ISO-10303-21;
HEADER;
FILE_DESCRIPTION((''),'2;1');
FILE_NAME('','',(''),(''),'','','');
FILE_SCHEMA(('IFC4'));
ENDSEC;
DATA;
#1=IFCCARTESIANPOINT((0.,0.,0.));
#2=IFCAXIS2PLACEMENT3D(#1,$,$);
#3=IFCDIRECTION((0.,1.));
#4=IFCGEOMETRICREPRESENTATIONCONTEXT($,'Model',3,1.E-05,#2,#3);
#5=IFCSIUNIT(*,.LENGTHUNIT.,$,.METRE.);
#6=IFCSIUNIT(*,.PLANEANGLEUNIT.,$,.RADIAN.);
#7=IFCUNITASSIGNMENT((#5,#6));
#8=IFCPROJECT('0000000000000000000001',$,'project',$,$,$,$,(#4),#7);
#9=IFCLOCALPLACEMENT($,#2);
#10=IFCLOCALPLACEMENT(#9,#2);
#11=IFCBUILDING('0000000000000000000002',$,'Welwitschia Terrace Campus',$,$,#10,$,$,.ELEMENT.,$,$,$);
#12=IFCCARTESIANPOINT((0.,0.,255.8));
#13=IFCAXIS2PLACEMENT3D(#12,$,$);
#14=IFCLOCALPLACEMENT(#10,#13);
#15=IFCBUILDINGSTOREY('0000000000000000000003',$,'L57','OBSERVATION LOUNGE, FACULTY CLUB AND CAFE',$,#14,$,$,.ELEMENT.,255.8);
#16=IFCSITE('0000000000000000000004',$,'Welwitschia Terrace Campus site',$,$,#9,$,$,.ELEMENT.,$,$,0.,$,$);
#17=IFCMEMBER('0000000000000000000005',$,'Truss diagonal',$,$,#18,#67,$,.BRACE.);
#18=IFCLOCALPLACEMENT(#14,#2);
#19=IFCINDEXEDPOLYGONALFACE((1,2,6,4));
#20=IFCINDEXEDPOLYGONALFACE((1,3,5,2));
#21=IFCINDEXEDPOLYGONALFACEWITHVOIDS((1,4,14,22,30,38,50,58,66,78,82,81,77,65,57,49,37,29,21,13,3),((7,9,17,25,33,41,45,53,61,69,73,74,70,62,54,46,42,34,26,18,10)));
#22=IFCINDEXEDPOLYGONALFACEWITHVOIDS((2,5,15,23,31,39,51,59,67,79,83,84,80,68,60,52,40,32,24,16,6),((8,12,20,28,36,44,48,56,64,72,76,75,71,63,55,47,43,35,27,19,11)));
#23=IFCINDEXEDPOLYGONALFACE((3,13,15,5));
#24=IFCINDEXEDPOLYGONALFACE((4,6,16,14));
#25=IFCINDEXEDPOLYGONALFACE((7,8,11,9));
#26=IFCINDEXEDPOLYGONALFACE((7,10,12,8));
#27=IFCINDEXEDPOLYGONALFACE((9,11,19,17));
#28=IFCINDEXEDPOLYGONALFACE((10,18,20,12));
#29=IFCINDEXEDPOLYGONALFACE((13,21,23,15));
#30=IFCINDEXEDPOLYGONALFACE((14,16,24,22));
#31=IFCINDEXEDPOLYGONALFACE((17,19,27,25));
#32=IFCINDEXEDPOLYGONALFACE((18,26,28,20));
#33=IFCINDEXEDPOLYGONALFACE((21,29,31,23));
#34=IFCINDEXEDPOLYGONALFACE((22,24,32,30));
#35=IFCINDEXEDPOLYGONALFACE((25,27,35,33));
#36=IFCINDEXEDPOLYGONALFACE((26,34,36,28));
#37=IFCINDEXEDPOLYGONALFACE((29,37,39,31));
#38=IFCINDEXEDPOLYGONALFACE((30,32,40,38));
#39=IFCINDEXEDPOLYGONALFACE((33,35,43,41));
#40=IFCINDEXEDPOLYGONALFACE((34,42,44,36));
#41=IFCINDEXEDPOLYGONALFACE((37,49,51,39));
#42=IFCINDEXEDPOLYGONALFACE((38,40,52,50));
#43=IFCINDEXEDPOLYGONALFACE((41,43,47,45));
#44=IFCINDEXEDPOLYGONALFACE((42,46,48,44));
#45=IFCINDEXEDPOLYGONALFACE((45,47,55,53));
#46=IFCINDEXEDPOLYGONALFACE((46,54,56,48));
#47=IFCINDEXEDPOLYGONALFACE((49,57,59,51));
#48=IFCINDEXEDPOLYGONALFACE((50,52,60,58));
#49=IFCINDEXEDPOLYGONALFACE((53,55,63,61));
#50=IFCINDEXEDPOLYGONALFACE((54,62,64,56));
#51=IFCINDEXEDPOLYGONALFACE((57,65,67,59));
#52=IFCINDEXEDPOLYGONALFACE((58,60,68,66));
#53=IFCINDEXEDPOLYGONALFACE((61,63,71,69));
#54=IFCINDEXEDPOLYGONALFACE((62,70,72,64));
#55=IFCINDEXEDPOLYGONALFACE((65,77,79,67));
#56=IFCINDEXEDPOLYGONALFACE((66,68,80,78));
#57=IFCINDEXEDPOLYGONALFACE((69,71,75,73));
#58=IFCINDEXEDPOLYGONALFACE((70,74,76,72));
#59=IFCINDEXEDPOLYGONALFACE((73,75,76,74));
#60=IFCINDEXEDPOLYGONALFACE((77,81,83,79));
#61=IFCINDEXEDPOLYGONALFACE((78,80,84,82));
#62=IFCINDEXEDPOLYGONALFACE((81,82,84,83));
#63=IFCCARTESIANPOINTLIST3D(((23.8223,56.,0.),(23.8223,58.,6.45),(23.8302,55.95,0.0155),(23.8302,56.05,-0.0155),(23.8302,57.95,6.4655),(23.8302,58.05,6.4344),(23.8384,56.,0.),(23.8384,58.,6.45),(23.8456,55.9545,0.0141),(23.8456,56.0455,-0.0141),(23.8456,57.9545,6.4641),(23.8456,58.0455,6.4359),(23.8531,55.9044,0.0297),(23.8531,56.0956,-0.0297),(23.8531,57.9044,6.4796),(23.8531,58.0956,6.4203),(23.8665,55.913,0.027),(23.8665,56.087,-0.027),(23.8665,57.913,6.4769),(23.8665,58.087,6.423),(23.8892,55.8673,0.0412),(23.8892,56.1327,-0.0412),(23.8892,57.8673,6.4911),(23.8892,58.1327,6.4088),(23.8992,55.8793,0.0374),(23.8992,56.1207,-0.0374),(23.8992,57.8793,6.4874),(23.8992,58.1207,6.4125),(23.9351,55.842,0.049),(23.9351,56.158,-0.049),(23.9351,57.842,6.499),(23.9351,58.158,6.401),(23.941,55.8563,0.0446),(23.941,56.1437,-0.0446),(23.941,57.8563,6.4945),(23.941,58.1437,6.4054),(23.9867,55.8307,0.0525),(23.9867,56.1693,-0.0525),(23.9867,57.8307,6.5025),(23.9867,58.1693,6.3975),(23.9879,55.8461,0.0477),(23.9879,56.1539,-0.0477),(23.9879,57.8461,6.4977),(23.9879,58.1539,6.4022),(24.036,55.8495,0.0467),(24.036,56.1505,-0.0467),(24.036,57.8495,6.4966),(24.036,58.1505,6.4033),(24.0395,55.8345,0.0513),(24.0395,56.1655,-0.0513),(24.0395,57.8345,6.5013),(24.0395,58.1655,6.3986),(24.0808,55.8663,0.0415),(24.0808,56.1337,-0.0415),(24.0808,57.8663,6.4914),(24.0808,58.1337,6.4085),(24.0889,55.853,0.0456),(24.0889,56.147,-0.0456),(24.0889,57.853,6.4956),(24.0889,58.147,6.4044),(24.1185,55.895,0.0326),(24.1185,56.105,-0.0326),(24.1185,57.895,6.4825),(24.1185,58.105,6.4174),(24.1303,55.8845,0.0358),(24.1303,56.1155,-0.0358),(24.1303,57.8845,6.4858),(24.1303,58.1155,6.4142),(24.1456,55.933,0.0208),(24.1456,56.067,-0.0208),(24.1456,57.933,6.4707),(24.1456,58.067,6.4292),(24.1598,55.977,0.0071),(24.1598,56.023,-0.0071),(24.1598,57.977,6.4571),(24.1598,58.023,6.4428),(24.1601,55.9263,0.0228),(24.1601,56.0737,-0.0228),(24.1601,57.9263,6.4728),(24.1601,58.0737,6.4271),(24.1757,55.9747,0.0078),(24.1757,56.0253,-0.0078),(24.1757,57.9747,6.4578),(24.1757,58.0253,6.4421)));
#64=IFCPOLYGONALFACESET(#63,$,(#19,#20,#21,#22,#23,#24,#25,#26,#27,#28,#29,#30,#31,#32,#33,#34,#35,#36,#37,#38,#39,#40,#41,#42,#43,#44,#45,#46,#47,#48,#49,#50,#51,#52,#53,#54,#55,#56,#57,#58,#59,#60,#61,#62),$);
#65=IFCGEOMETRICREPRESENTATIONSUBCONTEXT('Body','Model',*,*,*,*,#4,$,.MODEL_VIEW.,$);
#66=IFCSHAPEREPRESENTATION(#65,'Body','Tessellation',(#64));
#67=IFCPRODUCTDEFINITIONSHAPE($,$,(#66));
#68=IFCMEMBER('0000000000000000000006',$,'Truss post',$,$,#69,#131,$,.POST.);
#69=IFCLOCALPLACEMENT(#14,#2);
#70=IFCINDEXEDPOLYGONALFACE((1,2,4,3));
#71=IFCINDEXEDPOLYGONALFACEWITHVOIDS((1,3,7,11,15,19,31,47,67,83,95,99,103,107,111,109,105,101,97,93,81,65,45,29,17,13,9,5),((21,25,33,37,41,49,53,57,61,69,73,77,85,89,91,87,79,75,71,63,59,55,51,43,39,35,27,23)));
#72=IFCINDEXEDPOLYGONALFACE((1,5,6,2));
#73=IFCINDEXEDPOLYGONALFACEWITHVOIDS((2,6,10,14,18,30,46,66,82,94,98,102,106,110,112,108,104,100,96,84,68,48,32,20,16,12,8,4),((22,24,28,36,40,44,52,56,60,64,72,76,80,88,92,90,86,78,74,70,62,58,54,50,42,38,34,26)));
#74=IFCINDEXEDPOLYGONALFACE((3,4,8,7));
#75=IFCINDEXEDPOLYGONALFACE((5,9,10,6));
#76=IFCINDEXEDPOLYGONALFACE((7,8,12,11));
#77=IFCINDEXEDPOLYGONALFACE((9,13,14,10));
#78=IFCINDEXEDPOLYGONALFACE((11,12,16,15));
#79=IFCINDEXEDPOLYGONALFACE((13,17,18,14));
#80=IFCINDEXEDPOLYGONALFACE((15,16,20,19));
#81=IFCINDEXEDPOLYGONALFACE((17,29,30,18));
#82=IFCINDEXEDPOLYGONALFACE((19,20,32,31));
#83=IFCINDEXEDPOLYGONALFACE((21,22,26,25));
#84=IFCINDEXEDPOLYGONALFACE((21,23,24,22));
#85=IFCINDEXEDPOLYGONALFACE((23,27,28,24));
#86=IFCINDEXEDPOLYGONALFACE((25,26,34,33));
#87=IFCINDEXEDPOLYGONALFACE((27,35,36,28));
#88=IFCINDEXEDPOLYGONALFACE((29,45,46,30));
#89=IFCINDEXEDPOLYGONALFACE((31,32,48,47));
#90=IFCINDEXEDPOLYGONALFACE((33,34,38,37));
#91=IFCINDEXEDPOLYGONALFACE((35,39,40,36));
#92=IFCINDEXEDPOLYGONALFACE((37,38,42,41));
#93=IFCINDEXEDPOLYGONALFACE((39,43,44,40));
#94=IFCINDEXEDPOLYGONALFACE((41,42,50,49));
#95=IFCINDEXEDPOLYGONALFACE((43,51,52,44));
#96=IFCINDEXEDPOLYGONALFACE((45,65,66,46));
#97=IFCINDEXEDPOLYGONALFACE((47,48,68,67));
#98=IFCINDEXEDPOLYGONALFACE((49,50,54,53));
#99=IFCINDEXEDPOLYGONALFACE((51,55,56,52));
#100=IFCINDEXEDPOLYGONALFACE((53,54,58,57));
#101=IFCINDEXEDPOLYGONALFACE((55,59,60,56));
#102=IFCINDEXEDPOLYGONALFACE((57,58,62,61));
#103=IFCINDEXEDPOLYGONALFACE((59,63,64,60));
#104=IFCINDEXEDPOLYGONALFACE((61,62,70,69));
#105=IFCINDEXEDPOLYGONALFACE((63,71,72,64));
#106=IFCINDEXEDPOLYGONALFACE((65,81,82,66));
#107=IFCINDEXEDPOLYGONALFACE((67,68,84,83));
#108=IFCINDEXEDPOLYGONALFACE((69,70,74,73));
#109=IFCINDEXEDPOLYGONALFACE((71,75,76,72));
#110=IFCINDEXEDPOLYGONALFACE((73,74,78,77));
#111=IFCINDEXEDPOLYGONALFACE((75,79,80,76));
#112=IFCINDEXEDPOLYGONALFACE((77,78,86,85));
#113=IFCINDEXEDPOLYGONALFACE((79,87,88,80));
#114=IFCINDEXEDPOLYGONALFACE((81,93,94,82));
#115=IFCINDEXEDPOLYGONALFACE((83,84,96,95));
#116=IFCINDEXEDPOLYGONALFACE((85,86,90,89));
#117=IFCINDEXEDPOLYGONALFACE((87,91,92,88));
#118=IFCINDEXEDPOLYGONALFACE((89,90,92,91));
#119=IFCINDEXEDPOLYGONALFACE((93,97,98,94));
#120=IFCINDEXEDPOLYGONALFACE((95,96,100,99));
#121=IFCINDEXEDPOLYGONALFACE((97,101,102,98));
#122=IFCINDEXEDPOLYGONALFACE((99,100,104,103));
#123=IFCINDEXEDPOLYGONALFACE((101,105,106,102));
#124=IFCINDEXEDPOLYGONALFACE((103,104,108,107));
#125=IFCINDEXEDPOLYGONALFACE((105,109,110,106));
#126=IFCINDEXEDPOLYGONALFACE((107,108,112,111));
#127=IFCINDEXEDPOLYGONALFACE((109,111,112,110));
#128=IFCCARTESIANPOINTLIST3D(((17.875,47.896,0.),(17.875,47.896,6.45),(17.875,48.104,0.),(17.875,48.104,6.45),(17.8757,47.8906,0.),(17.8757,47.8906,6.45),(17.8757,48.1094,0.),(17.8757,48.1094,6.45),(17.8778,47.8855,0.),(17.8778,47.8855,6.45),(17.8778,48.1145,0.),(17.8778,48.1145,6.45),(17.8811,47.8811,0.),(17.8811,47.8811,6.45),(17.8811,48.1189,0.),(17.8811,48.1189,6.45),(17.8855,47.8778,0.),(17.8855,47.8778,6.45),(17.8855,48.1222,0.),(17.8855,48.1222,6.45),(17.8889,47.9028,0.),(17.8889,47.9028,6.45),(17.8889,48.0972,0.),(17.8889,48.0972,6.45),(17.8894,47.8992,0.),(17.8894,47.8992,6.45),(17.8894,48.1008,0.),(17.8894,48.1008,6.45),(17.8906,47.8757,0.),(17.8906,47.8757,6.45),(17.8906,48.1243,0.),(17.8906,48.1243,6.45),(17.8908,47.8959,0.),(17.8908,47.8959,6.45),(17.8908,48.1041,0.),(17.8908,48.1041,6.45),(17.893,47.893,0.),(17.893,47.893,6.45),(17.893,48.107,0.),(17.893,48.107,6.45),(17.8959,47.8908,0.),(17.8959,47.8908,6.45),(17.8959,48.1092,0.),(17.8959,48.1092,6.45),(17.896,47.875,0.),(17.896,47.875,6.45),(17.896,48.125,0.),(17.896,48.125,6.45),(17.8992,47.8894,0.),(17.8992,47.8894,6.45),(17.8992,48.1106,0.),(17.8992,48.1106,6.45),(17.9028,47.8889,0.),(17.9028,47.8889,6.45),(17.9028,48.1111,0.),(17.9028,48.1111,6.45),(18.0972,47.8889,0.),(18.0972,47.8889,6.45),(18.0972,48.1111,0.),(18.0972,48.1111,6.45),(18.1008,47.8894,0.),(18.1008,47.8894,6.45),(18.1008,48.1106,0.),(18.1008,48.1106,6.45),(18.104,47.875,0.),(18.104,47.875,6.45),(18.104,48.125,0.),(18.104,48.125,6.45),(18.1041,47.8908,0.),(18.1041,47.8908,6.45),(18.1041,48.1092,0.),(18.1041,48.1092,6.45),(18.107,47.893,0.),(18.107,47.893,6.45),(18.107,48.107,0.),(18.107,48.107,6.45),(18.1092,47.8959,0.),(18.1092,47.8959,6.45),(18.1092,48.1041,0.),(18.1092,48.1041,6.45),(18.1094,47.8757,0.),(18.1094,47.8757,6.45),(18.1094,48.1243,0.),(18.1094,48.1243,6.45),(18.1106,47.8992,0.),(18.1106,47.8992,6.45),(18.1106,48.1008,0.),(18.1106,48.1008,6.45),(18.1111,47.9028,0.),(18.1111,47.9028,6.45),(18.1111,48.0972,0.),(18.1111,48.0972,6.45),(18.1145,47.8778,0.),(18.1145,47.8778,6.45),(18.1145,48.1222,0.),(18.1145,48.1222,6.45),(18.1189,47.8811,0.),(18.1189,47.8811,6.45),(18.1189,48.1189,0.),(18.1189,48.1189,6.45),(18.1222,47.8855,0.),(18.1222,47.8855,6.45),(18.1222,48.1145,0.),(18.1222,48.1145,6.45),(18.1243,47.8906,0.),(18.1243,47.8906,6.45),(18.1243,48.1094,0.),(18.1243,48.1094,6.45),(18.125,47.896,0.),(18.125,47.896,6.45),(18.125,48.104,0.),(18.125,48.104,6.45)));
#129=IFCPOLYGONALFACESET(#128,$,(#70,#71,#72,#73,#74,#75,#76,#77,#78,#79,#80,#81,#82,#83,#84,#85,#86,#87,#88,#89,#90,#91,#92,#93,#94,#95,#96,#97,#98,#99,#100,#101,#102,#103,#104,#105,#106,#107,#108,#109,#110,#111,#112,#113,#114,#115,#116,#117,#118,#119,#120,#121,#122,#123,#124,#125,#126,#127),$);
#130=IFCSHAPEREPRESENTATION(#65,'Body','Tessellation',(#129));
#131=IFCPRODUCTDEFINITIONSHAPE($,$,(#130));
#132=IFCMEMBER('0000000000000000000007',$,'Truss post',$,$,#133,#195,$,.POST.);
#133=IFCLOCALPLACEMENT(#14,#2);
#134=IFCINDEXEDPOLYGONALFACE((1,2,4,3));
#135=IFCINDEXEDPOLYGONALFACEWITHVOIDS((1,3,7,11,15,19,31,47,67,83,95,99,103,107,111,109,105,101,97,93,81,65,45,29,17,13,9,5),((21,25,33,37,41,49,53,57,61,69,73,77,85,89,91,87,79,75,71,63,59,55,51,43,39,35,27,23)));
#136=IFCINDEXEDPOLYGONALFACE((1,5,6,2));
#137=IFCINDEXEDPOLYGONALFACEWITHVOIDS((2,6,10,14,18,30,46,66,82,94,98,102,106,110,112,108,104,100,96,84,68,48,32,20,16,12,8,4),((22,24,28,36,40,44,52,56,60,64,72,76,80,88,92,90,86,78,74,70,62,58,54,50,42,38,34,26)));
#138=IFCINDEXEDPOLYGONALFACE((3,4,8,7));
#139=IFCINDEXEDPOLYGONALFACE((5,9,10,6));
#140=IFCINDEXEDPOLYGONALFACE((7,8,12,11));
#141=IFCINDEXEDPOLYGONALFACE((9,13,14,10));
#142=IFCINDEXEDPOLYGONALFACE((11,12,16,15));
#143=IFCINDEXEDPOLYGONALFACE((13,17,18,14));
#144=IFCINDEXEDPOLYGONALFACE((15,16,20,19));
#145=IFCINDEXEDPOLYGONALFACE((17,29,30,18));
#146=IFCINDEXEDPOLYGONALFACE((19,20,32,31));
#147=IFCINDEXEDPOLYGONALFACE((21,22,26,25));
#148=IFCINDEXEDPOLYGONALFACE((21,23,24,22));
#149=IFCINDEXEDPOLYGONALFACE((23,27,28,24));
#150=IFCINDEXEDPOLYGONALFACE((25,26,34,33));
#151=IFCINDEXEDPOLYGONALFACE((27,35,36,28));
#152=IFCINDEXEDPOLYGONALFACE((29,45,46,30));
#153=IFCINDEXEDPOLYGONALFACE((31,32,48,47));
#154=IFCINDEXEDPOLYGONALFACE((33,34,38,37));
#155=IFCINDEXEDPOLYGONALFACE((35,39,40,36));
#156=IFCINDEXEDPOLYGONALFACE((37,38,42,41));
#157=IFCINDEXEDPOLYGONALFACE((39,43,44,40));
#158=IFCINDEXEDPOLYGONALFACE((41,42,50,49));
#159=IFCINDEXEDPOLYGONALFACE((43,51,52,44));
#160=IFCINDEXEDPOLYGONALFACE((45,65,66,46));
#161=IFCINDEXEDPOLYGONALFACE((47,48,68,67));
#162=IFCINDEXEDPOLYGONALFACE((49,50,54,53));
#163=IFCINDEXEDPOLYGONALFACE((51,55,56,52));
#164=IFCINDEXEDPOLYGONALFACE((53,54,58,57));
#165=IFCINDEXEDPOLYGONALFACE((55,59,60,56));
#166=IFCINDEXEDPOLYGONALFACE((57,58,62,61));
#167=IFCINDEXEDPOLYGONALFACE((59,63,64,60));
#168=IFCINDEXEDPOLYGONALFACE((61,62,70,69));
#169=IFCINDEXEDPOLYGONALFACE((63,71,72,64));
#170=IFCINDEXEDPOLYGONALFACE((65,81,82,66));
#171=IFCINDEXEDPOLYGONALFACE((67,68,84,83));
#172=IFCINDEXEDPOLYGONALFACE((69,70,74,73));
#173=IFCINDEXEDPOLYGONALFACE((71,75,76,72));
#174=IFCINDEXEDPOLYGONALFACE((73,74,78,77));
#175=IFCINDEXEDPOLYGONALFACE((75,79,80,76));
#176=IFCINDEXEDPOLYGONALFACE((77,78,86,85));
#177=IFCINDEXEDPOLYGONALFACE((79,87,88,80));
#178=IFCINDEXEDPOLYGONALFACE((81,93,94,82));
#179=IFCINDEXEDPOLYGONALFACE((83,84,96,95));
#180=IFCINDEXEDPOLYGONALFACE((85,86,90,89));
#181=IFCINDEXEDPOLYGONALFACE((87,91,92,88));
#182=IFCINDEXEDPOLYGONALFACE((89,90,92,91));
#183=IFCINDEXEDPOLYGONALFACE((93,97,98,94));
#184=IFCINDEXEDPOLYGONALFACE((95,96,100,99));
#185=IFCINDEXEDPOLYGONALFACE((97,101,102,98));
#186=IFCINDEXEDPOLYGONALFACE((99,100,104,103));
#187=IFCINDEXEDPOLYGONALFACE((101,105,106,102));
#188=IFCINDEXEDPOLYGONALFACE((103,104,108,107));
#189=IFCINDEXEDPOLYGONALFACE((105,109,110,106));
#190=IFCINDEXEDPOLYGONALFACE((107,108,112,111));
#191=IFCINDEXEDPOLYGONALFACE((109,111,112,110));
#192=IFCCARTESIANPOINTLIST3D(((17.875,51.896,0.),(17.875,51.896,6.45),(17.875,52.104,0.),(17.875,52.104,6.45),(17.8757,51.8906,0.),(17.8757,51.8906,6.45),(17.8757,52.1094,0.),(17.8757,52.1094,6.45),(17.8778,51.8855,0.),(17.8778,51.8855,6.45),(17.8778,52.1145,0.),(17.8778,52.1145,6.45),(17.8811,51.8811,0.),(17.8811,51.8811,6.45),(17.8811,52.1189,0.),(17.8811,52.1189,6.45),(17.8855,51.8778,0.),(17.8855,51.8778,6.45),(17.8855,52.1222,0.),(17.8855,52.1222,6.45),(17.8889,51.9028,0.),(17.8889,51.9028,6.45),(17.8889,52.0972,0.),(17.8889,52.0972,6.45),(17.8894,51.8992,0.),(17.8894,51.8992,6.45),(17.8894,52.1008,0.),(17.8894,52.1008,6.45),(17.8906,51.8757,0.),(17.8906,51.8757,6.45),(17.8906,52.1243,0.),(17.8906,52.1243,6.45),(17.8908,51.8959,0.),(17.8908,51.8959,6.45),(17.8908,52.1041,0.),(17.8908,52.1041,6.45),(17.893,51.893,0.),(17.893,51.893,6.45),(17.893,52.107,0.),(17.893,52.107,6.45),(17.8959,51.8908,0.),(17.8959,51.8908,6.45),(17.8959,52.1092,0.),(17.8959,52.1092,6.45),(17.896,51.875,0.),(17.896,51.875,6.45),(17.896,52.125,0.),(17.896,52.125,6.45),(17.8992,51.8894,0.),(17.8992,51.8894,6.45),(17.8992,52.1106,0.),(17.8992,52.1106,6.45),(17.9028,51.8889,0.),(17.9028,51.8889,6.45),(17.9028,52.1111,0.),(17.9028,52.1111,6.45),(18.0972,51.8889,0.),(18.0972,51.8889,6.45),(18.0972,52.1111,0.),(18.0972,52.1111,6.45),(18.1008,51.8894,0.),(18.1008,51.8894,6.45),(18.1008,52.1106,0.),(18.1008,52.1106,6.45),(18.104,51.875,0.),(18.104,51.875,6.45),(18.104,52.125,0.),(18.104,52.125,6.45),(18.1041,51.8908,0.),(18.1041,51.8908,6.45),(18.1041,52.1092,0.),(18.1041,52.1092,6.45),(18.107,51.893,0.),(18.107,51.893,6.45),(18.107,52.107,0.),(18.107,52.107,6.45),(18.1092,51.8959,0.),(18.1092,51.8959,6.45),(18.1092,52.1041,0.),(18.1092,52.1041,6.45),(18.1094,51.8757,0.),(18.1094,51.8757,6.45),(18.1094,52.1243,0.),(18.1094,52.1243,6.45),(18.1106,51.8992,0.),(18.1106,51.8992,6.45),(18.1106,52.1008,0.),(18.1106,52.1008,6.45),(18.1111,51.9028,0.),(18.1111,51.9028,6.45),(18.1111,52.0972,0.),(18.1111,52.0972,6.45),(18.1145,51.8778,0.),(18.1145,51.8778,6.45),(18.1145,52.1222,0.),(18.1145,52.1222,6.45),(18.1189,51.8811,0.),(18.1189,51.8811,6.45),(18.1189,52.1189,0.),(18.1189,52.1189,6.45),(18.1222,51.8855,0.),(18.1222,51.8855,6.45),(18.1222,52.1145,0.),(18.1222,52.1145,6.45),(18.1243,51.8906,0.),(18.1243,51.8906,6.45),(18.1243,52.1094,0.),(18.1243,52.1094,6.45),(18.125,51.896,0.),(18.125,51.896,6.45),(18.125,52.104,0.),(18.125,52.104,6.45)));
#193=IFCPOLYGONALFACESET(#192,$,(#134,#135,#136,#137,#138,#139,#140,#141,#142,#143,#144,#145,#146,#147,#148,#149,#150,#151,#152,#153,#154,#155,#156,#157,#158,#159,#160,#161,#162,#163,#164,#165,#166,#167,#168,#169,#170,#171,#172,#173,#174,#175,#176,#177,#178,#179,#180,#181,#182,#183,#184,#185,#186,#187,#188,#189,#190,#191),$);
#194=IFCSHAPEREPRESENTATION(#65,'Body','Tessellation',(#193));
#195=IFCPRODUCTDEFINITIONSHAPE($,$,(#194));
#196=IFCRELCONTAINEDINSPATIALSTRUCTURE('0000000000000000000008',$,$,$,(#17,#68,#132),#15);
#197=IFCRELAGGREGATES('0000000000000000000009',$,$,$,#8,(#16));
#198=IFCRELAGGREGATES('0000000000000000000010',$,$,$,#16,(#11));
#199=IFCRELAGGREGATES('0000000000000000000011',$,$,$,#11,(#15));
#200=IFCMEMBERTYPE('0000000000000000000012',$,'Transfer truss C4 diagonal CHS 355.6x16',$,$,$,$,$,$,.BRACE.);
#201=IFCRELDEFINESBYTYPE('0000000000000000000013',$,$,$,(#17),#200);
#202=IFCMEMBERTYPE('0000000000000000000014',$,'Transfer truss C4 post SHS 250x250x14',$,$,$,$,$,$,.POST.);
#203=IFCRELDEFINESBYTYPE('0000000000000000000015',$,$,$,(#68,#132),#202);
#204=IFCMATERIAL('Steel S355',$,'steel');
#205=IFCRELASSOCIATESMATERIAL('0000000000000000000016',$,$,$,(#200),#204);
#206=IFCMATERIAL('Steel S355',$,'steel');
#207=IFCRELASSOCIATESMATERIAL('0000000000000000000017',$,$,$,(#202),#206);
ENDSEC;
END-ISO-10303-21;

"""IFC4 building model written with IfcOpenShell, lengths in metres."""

from ifc_helpers import new_model, si_unit, direction, frame, origin, origin_2d, place, context, subcontext, project, spatial, hollow_rectangle, hollow_circle, extrude, material, material_profile, profile_set, type_object, element, save


model = new_model("IFC4")

# Units and contexts
model_context = context("Model", 3, precision=1e-05, world=origin(), true_north=direction((0.0, 1.0)))
body_context = subcontext(model_context, "Body", "Model", "MODEL_VIEW")
ifc_project = project(units=[si_unit("LENGTHUNIT", "METRE"), si_unit("PLANEANGLEUNIT", "RADIAN")], contexts=[model_context])

# Site, building, storey
site_placement = place(None, origin())
site = spatial("IfcSite", under=ifc_project, at=site_placement, Name="Welwitschia Terrace Campus site", CompositionType="ELEMENT", RefElevation=0.0)
building_placement = place(site_placement, origin())
building = spatial("IfcBuilding", under=site, at=building_placement, Name="Welwitschia Terrace Campus", CompositionType="ELEMENT")
storey_placement = place(building_placement, frame((0.0, 0.0, 255.8)))
storey = spatial("IfcBuildingStorey", under=building, at=storey_placement, Name="L57", Description="OBSERVATION LOUNGE, FACULTY CLUB AND CAFE", CompositionType="ELEMENT", Elevation=255.8)

# Members
ifc_material_1 = material(Name="Steel S355", Category="steel")
ifc_material_profile_1 = material_profile(ifc_material_1, hollow_circle(Radius=0.1777, WallThickness=0.0161, at=origin_2d()))
ifc_profile_set_1 = profile_set([ifc_material_profile_1], Name="Steel S355")
member_type_1 = type_object("IfcMemberType", Name="Transfer truss C4 diagonal CHS 355.6x16", PredefinedType="BRACE", material=ifc_profile_set_1)
member_1_placement = place(storey_placement, frame((24.0, 56.0, 0.0), z_axis=(0.0, 0.296168, 0.955136), x_axis=(-1.0, 0.0, 0.0)))
element("IfcMember", 1, at=member_1_placement, inside=storey, type_object=member_type_1, Name="Truss diagonal", PredefinedType="BRACE", context=body_context, shape_type="SweptSolid", body=[
    extrude(hollow_circle(Radius=0.1777, WallThickness=0.0161, at=origin_2d()), origin(), (0.0, 0.0, 1.0), 6.7529),
])
ifc_material_2 = material(Name="Steel S355", Category="steel")
ifc_material_profile_2 = material_profile(ifc_material_2, hollow_rectangle(XDim=0.25, YDim=0.25, WallThickness=0.0139, InnerFilletRadius=0.0139, OuterFilletRadius=0.021, at=origin_2d()))
ifc_profile_set_2 = profile_set([ifc_material_profile_2], Name="Steel S355")
member_type_2 = type_object("IfcMemberType", Name="Transfer truss C4 post SHS 250x250x14", PredefinedType="POST", material=ifc_profile_set_2)
for number, where, z_axis, x_axis, name in (
    (2, (18.0, 48.0, 0.0), (0.0, 0.0, 1.0), (1.0, 0.0, 0.0), "Truss post"),
    (3, (18.0, 52.0, 0.0), (0.0, 0.0, 1.0), (1.0, 0.0, 0.0), "Truss post"),
):
    element("IfcMember", number, at=place(storey_placement, frame(where, z_axis=z_axis, x_axis=x_axis)), inside=storey, type_object=member_type_2, Name=name, PredefinedType="POST", context=body_context, shape_type="SweptSolid", body=[
        extrude(hollow_rectangle(XDim=0.25, YDim=0.25, WallThickness=0.0139, InnerFilletRadius=0.0139, OuterFilletRadius=0.021, at=origin_2d()), origin(), (0.0, 0.0, 1.0), 6.45),
    ])

save(model, "model.ifc")
